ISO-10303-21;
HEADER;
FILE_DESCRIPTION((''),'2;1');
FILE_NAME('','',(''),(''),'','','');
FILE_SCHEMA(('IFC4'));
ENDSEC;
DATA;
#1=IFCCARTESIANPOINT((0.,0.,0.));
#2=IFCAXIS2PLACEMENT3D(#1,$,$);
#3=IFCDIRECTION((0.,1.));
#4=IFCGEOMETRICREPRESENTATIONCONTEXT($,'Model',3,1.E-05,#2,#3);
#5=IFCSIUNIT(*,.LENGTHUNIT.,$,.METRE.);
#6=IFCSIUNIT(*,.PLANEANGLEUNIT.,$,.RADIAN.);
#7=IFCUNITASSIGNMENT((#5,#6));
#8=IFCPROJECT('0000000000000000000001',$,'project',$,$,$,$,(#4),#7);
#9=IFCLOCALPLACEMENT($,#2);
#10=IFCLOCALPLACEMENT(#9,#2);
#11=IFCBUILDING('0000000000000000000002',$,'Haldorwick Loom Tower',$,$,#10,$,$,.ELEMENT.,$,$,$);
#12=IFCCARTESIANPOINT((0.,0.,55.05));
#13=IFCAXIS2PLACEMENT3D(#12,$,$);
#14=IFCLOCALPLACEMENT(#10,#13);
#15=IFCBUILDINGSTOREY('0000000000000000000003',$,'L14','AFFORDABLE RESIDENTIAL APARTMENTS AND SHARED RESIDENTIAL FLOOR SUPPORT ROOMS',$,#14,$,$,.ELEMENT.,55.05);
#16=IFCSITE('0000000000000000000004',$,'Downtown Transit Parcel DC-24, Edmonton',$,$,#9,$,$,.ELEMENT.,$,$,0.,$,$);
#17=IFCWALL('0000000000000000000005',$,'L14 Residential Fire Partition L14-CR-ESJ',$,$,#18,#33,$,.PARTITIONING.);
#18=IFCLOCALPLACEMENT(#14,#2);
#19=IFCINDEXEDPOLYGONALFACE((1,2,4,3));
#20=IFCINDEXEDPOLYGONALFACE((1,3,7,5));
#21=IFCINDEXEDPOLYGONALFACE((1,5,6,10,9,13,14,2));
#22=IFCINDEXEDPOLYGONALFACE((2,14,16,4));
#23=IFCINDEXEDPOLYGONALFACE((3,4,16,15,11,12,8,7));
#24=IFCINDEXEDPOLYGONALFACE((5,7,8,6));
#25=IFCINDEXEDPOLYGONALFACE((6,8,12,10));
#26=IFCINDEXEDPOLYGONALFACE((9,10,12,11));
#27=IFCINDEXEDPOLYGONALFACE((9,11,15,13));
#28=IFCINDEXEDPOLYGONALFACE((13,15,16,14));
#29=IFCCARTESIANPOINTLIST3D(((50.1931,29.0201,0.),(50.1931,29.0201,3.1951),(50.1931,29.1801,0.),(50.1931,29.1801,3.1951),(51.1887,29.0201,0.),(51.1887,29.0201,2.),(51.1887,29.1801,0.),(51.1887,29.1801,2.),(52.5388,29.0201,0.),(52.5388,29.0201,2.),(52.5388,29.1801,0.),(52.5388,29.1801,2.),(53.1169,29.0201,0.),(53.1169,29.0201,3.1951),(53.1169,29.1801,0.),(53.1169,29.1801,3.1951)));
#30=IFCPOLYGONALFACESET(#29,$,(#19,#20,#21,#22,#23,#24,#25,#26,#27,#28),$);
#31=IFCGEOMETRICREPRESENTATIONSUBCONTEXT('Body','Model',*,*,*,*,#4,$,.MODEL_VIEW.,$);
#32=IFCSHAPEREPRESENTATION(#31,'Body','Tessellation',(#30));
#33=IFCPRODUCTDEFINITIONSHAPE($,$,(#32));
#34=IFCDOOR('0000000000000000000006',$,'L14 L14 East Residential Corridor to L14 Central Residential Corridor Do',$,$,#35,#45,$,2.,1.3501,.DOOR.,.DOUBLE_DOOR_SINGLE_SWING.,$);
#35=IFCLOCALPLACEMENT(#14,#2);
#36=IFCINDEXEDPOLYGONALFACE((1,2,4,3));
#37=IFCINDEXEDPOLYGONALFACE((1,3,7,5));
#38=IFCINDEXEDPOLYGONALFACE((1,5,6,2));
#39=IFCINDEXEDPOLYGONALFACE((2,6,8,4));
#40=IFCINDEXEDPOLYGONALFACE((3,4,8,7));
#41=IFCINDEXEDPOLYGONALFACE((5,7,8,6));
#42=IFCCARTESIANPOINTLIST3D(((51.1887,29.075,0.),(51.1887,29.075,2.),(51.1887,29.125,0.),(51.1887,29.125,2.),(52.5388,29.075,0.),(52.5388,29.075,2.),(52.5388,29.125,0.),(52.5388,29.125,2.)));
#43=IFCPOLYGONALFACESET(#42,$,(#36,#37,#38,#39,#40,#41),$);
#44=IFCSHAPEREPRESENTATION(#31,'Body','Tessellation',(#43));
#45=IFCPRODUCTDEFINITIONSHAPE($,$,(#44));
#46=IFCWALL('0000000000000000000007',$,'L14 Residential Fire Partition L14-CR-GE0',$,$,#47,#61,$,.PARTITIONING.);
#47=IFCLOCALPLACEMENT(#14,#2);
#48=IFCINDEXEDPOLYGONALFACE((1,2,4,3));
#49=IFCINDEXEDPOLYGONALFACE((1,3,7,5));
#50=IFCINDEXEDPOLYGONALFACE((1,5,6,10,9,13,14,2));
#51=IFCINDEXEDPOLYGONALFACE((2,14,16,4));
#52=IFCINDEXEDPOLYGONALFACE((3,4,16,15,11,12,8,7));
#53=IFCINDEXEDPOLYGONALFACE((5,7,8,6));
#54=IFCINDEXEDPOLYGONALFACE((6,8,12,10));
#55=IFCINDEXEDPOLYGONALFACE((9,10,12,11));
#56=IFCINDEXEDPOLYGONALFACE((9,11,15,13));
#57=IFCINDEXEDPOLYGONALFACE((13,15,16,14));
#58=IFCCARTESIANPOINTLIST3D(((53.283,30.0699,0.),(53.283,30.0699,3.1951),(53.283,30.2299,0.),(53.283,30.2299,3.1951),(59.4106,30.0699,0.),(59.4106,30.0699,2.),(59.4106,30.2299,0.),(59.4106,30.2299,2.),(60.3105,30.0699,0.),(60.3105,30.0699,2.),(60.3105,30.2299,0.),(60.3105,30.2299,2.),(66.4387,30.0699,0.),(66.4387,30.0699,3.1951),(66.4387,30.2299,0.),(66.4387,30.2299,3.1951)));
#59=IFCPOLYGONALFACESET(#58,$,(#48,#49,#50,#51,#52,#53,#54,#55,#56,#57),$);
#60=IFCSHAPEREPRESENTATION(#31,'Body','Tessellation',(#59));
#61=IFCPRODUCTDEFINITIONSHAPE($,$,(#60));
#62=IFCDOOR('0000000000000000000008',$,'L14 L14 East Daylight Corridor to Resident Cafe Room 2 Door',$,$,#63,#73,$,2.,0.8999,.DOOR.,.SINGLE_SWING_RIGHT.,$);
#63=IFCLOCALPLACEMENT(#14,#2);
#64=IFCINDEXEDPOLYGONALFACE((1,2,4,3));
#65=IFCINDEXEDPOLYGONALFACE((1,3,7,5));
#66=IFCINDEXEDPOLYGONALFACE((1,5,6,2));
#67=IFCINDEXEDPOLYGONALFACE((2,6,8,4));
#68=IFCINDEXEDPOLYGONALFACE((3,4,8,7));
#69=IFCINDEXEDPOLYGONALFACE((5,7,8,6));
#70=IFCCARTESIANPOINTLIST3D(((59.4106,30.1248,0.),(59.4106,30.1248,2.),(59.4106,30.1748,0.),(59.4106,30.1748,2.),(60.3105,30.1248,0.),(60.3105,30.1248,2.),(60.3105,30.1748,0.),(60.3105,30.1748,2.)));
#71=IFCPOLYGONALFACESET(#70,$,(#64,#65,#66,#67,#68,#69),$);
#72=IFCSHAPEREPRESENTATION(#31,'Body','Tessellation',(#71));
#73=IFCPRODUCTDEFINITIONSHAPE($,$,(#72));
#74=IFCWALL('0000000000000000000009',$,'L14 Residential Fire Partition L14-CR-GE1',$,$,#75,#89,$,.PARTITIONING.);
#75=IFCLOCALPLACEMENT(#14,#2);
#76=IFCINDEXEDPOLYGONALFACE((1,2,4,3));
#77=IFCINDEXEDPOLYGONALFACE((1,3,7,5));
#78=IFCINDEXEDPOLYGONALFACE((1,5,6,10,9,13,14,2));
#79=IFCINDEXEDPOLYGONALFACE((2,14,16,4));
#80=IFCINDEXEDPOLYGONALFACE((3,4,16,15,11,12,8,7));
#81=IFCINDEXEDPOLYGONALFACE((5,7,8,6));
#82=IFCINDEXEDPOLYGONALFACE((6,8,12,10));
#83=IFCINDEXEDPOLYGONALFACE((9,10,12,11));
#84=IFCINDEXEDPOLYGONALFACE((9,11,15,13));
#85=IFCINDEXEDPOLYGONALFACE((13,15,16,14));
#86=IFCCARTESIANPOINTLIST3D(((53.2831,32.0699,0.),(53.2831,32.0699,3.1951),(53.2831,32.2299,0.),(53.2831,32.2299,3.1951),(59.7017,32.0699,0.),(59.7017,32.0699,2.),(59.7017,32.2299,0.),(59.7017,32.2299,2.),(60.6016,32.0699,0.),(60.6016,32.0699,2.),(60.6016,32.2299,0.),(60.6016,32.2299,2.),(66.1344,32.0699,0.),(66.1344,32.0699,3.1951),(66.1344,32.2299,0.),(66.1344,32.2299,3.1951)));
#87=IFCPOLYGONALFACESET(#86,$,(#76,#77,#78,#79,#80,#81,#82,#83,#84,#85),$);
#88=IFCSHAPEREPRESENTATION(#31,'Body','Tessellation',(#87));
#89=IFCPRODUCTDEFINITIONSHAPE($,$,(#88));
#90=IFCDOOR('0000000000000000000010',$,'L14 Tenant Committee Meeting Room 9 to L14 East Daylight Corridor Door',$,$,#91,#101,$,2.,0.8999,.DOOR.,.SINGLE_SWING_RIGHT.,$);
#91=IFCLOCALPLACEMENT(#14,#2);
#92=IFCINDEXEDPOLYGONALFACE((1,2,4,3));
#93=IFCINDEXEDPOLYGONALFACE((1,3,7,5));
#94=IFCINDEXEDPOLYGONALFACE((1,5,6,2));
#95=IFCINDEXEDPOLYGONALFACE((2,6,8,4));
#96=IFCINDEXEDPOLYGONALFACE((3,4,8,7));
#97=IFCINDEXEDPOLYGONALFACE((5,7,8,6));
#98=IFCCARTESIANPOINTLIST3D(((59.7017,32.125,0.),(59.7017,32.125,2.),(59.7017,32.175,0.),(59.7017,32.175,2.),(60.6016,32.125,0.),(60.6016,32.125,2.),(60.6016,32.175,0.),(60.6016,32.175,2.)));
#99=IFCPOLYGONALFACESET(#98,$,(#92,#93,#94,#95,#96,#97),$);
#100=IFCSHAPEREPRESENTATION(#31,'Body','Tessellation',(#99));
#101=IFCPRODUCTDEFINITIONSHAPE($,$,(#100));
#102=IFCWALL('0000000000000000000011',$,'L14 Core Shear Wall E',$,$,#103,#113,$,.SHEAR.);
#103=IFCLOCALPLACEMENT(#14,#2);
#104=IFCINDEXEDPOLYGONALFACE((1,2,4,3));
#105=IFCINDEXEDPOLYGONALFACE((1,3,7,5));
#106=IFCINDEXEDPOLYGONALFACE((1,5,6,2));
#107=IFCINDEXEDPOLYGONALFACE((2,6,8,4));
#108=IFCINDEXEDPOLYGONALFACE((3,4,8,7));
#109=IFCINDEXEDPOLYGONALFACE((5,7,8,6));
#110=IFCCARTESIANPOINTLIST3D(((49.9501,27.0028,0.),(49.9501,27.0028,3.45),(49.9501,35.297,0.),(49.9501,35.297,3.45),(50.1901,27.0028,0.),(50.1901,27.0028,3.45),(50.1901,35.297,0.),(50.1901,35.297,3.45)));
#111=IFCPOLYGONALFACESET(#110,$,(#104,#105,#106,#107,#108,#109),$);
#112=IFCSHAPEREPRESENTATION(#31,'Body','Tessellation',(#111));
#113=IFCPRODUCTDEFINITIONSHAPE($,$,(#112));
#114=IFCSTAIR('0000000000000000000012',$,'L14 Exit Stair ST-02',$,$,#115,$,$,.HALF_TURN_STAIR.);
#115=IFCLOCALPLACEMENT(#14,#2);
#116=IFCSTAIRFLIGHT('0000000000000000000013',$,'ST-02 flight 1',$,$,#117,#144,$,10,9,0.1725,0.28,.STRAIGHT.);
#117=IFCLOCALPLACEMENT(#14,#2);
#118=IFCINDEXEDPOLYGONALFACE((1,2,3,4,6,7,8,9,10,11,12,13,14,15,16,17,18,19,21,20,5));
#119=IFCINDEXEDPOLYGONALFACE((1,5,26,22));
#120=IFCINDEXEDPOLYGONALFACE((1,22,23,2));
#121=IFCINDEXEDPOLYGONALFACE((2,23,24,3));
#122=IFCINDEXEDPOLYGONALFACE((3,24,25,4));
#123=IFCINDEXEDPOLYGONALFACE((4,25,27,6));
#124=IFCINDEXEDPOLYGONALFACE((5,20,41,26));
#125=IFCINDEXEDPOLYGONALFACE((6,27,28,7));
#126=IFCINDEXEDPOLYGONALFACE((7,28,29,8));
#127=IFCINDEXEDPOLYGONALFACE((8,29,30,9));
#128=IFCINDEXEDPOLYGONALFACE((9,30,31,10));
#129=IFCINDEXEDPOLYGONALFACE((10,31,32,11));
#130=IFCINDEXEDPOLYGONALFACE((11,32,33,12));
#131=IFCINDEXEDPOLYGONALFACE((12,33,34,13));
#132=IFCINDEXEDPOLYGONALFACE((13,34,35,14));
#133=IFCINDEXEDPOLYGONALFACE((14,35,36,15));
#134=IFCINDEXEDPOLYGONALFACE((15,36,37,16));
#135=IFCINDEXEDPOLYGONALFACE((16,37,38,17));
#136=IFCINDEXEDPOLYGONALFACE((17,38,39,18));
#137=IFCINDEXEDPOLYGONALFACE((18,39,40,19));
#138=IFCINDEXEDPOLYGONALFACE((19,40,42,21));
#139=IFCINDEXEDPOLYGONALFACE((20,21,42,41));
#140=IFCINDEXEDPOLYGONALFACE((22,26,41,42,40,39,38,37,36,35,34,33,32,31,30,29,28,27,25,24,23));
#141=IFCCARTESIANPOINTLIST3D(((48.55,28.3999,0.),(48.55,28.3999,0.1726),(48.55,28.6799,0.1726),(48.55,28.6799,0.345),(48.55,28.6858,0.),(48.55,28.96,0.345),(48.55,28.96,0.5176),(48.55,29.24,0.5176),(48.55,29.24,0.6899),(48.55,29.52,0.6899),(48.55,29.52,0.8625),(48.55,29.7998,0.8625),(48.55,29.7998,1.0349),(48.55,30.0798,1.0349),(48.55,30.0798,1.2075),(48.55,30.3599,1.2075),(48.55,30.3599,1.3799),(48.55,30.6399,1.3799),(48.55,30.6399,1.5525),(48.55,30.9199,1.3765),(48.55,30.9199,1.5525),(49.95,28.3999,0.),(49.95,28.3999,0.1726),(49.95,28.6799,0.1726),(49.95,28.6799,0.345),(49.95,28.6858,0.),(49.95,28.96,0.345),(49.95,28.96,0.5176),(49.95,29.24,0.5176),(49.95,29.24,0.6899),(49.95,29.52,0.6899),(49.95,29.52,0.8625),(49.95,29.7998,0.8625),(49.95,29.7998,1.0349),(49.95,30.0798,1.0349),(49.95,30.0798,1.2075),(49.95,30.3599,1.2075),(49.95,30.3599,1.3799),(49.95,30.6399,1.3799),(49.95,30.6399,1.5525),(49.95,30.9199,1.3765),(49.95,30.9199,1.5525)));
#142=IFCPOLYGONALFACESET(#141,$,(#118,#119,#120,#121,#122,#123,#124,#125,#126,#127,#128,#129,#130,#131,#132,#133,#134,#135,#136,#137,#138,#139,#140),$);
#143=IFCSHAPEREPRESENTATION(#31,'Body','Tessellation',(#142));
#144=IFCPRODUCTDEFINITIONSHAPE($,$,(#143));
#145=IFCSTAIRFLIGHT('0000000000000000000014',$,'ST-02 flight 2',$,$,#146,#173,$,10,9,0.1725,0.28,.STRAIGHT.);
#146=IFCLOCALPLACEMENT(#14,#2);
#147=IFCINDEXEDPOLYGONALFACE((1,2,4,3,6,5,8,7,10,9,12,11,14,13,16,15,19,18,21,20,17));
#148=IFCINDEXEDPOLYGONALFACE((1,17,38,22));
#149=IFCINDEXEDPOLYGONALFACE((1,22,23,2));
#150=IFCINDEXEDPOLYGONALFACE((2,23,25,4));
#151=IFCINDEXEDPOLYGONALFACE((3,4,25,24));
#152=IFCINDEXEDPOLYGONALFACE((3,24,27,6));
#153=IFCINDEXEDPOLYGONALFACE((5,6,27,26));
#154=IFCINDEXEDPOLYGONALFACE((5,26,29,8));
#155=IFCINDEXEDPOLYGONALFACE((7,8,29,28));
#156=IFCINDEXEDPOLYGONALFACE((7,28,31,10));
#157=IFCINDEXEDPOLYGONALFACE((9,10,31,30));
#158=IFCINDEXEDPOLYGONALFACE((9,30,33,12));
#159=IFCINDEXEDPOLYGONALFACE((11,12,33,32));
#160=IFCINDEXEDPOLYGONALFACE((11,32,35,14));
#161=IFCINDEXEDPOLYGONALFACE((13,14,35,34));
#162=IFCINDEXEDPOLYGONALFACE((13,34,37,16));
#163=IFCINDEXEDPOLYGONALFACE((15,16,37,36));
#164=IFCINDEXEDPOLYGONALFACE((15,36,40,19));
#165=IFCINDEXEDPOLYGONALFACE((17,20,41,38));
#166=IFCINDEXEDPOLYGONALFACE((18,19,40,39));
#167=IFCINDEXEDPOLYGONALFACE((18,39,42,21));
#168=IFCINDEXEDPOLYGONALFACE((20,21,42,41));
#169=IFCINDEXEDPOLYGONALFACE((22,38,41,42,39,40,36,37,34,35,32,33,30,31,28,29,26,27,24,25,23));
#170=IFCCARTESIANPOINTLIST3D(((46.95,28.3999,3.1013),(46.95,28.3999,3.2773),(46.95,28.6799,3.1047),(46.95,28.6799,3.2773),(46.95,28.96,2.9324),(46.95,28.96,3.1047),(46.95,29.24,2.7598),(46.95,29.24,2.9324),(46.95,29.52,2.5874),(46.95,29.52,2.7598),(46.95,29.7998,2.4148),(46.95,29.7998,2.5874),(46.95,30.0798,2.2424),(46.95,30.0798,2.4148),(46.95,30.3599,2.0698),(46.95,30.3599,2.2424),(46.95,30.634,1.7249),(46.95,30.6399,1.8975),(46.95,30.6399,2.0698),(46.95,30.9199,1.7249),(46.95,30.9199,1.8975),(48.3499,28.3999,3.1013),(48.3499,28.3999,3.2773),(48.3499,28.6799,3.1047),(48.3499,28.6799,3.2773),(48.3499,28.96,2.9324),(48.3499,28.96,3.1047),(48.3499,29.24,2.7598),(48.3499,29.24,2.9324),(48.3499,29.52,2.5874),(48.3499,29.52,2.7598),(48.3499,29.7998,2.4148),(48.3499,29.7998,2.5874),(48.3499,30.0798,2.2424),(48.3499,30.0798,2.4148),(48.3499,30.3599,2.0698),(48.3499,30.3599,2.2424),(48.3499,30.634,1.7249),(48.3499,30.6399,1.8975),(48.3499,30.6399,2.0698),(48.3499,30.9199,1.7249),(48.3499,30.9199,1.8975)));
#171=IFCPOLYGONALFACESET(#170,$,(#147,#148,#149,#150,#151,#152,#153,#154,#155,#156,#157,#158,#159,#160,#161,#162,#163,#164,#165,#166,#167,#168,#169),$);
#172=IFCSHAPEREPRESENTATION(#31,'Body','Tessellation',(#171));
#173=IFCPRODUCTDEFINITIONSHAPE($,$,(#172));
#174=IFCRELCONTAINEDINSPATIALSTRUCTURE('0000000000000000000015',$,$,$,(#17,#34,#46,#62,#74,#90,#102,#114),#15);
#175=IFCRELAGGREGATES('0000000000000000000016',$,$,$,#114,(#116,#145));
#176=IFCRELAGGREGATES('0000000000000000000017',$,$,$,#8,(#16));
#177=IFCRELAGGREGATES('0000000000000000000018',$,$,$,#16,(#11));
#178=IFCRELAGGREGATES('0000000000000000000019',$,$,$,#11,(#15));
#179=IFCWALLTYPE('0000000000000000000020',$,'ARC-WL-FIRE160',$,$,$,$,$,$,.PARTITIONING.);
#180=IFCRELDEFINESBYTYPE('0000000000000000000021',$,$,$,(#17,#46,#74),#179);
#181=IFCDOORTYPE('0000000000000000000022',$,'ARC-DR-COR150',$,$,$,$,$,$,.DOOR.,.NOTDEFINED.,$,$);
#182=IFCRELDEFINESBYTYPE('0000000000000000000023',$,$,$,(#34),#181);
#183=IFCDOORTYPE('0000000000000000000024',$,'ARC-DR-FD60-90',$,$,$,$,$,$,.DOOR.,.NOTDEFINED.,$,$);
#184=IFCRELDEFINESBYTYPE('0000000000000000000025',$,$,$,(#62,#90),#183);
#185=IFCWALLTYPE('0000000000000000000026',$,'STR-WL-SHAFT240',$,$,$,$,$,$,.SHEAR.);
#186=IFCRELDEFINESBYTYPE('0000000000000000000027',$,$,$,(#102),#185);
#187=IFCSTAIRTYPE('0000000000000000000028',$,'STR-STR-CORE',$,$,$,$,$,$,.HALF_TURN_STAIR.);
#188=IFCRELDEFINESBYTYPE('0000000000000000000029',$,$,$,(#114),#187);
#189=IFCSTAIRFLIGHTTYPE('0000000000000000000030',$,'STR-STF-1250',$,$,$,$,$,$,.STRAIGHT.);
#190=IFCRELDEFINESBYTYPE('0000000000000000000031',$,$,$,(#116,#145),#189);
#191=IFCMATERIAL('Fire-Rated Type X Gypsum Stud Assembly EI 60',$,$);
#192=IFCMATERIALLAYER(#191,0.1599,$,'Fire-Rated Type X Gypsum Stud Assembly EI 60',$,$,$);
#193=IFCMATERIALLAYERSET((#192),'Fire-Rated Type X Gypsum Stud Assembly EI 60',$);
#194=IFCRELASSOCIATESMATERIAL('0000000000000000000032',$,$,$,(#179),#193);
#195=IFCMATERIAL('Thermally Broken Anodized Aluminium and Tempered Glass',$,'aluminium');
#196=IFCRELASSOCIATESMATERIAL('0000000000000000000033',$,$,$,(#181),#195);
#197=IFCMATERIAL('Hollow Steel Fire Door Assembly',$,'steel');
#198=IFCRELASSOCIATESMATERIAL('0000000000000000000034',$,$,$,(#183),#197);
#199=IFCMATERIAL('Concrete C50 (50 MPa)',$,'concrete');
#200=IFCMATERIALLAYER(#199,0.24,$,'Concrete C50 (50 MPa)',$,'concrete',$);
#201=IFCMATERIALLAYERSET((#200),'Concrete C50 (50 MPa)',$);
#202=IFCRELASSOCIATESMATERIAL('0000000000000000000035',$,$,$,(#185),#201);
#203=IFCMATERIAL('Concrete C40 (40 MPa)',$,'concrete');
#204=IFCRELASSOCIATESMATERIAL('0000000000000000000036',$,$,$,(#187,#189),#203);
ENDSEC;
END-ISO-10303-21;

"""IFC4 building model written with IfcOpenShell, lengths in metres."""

from ifc_helpers import new_model, si_unit, direction, frame, frame_2d, origin, place, context, subcontext, project, spatial, polyline, rectangle, outline, extrude, material, layer, layer_set, type_object, element, fill, aggregate, save


model = new_model("IFC4")

# Units and contexts
model_context = context("Model", 3, precision=1e-05, world=origin(), true_north=direction((0.0, 1.0)))
body_context = subcontext(model_context, "Body", "Model", "MODEL_VIEW")
ifc_project = project(units=[si_unit("LENGTHUNIT", "METRE"), si_unit("PLANEANGLEUNIT", "RADIAN")], contexts=[model_context])

# Site, building, storey
site_placement = place(None, origin())
site = spatial("IfcSite", under=ifc_project, at=site_placement, Name="Downtown Transit Parcel DC-24, Edmonton", CompositionType="ELEMENT", RefElevation=0.0)
building_placement = place(site_placement, origin())
building = spatial("IfcBuilding", under=site, at=building_placement, Name="Haldorwick Loom Tower", CompositionType="ELEMENT")
storey_placement = place(building_placement, frame((0.0, 0.0, 55.05)))
storey = spatial("IfcBuildingStorey", under=building, at=storey_placement, Name="L14", Description="AFFORDABLE RESIDENTIAL APARTMENTS AND SHARED RESIDENTIAL FLOOR SUPPORT ROOMS", CompositionType="ELEMENT", Elevation=55.05)

# Walls, openings, doors
ifc_material_1 = material(Name="Fire-Rated Type X Gypsum Stud Assembly EI 60")
ifc_layer_1 = layer(ifc_material_1, 0.1599, Name="Fire-Rated Type X Gypsum Stud Assembly EI 60")
ifc_layer_set_1 = layer_set([ifc_layer_1], Name="Fire-Rated Type X Gypsum Stud Assembly EI 60")
wall_type_1 = type_object("IfcWallType", Name="ARC-WL-FIRE160", PredefinedType="PARTITIONING", material=ifc_layer_set_1)
wall_1_placement = place(storey_placement, frame((50.1931, 29.1001, 0.0), z_axis=(0.0, 0.0, 1.0), x_axis=(1.0, 0.0, 0.0)))
wall_1 = element("IfcWall", 1, at=wall_1_placement, inside=storey, type_object=wall_type_1, Name="L14 Residential Fire Partition L14-CR-ESJ", PredefinedType="PARTITIONING", context=body_context, shape_type="SweptSolid", body=[
    extrude(rectangle(XDim=2.9238, YDim=0.1599, at=frame_2d((1.4619, 0.0))), origin(), (0.0, 0.0, 1.0), 3.1951),
])
opening_1_placement = place(wall_1_placement, frame((0.9956, 0.0, 0.0)))
opening_1 = element("IfcOpeningElement", 2, at=opening_1_placement, cuts=wall_1, PredefinedType="OPENING", context=body_context, shape_type="SweptSolid", body=[
    extrude(rectangle(XDim=1.3501, YDim=2.0, at=frame_2d((0.675, 1.0))), frame((0.0, 0.0898, 0.0), z_axis=(0.0, -1.0, 0.0), x_axis=(1.0, 0.0, 0.0)), (0.0, 0.0, 1.0), 0.1799),
])
ifc_material_2 = material(Name="Thermally Broken Anodized Aluminium and Tempered Glass", Category="aluminium")
door_type_1 = type_object("IfcDoorType", Name="ARC-DR-COR150", OperationType="NOTDEFINED", PredefinedType="DOOR", material=ifc_material_2)
door_1_placement = place(opening_1_placement, origin())
door_1 = element("IfcDoor", 3, at=door_1_placement, inside=storey, type_object=door_type_1, Name="L14 L14 East Residential Corridor to L14 Central Residential Corridor Do", OperationType="DOUBLE_DOOR_SINGLE_SWING", OverallHeight=2.0, OverallWidth=1.3501, PredefinedType="DOOR", context=body_context, shape_type="SweptSolid", body=[
    extrude(rectangle(XDim=1.3501, YDim=2.0, at=frame_2d((0.675, 1.0))), frame((0.0, 0.0249, 0.0), z_axis=(0.0, -1.0, 0.0), x_axis=(1.0, 0.0, 0.0)), (0.0, 0.0, 1.0), 0.05),
])
fill(opening_1, door_1)
wall_2_placement = place(storey_placement, frame((53.283, 30.1499, 0.0), z_axis=(0.0, 0.0, 1.0), x_axis=(1.0, 0.0, 0.0)))
wall_2 = element("IfcWall", 4, at=wall_2_placement, inside=storey, type_object=wall_type_1, Name="L14 Residential Fire Partition L14-CR-GE0", PredefinedType="PARTITIONING", context=body_context, shape_type="SweptSolid", body=[
    extrude(rectangle(XDim=13.1558, YDim=0.1599, at=frame_2d((6.5779, 0.0))), origin(), (0.0, 0.0, 1.0), 3.1951),
])
opening_2_placement = place(wall_2_placement, frame((6.1277, 0.0, 0.0)))
opening_2 = element("IfcOpeningElement", 5, at=opening_2_placement, cuts=wall_2, PredefinedType="OPENING", context=body_context, shape_type="SweptSolid", body=[
    extrude(rectangle(XDim=0.8999, YDim=2.0, at=frame_2d((0.45, 1.0))), frame((0.0, 0.0898, 0.0), z_axis=(0.0, -1.0, 0.0), x_axis=(1.0, 0.0, 0.0)), (0.0, 0.0, 1.0), 0.1799),
])
ifc_material_3 = material(Name="Hollow Steel Fire Door Assembly", Category="steel")
door_type_2 = type_object("IfcDoorType", Name="ARC-DR-FD60-90", OperationType="NOTDEFINED", PredefinedType="DOOR", material=ifc_material_3)
door_2_placement = place(opening_2_placement, origin())
door_2 = element("IfcDoor", 6, at=door_2_placement, inside=storey, type_object=door_type_2, Name="L14 L14 East Daylight Corridor to Resident Cafe Room 2 Door", OperationType="SINGLE_SWING_RIGHT", OverallHeight=2.0, OverallWidth=0.8999, PredefinedType="DOOR", context=body_context, shape_type="SweptSolid", body=[
    extrude(rectangle(XDim=0.8999, YDim=2.0, at=frame_2d((0.45, 1.0))), frame((0.0, 0.0249, 0.0), z_axis=(0.0, -1.0, 0.0), x_axis=(1.0, 0.0, 0.0)), (0.0, 0.0, 1.0), 0.05),
])
fill(opening_2, door_2)
wall_3_placement = place(storey_placement, frame((53.283, 32.1499, 0.0), z_axis=(0.0, 0.0, 1.0), x_axis=(1.0, 0.0, 0.0)))
wall_3 = element("IfcWall", 7, at=wall_3_placement, inside=storey, type_object=wall_type_1, Name="L14 Residential Fire Partition L14-CR-GE1", PredefinedType="PARTITIONING", context=body_context, shape_type="SweptSolid", body=[
    extrude(rectangle(XDim=12.8513, YDim=0.1599, at=frame_2d((6.4258, 0.0))), origin(), (0.0, 0.0, 1.0), 3.1951),
])
opening_3_placement = place(wall_3_placement, frame((6.4187, 0.0, 0.0)))
opening_3 = element("IfcOpeningElement", 8, at=opening_3_placement, cuts=wall_3, PredefinedType="OPENING", context=body_context, shape_type="SweptSolid", body=[
    extrude(rectangle(XDim=0.8999, YDim=2.0, at=frame_2d((0.45, 1.0))), frame((0.0, 0.0898, 0.0), z_axis=(0.0, -1.0, 0.0), x_axis=(1.0, 0.0, 0.0)), (0.0, 0.0, 1.0), 0.1799),
])
door_3_placement = place(opening_3_placement, frame((0.8999, 0.0, 0.0), z_axis=(0.0, 0.0, 1.0), x_axis=(-1.0, 0.0, 0.0)))
door_3 = element("IfcDoor", 9, at=door_3_placement, inside=storey, type_object=door_type_2, Name="L14 Tenant Committee Meeting Room 9 to L14 East Daylight Corridor Door", OperationType="SINGLE_SWING_RIGHT", OverallHeight=2.0, OverallWidth=0.8999, PredefinedType="DOOR", context=body_context, shape_type="SweptSolid", body=[
    extrude(rectangle(XDim=0.8999, YDim=2.0, at=frame_2d((0.45, 1.0))), frame((0.0, 0.0249, 0.0), z_axis=(0.0, -1.0, 0.0), x_axis=(1.0, 0.0, 0.0)), (0.0, 0.0, 1.0), 0.05),
])
fill(opening_3, door_3)

# Wall
ifc_material_4 = material(Name="Concrete C50 (50 MPa)", Category="concrete")
ifc_layer_2 = layer(ifc_material_4, 0.24, Name="Concrete C50 (50 MPa)", Category="concrete")
ifc_layer_set_2 = layer_set([ifc_layer_2], Name="Concrete C50 (50 MPa)")
wall_type_2 = type_object("IfcWallType", Name="STR-WL-SHAFT240", PredefinedType="SHEAR", material=ifc_layer_set_2)
wall_4_placement = place(storey_placement, frame((50.0701, 27.0029, 0.0), z_axis=(0.0, 0.0, 1.0), x_axis=(0.0, 1.0, 0.0)))
element("IfcWall", 10, at=wall_4_placement, inside=storey, type_object=wall_type_2, Name="L14 Core Shear Wall E", PredefinedType="SHEAR", context=body_context, shape_type="SweptSolid", body=[
    extrude(rectangle(XDim=8.2942, YDim=0.24, at=frame_2d((4.147, 0.0))), origin(), (0.0, 0.0, 1.0), 3.45),
])

# Stair, stair flights
ifc_material_5 = material(Name="Concrete C40 (40 MPa)", Category="concrete")
stair_type = type_object("IfcStairType", Name="STR-STR-CORE", PredefinedType="HALF_TURN_STAIR", material=ifc_material_5)
stair_placement = place(storey_placement, origin())
stair = element("IfcStair", 11, at=stair_placement, inside=storey, type_object=stair_type, Name="L14 Exit Stair ST-02", PredefinedType="HALF_TURN_STAIR")
stair_flight_type = type_object("IfcStairFlightType", Name="STR-STF-1250", PredefinedType="STRAIGHT", material=ifc_material_5)
stair_flight_1_placement = place(storey_placement, frame((49.25, 28.3999, 0.0), z_axis=(0.0, 0.0, 1.0), x_axis=(0.0, 1.0, 0.0)))
stair_flight_1 = element("IfcStairFlight", 12, at=stair_flight_1_placement, type_object=stair_flight_type, Name="ST-02 flight 1", NumberOfRisers=10, NumberOfTreads=9, PredefinedType="STRAIGHT", RiserHeight=0.1725, TreadLength=0.28, context=body_context, shape_type="SweptSolid", body=[
    extrude(outline(polyline([(0.0, 0.0), (0.0, 0.1726), (0.28, 0.1726), (0.28, 0.345), (0.5601, 0.345), (0.5601, 0.5176), (0.8401, 0.5176), (0.8401, 0.6899), (1.1201, 0.6899), (1.1201, 0.8625), (1.3999, 0.8625), (1.3999, 1.0349), (1.6799, 1.0349), (1.6799, 1.2075), (1.96, 1.2075), (1.96, 1.3799), (2.24, 1.3799), (2.24, 1.5525), (2.52, 1.5525), (2.52, 1.7251), (2.52, 1.3765), (0.2859, 0.0), (0.0, 0.0)])), frame((0.0, 0.7, 0.0), z_axis=(0.0, -1.0, 0.0), x_axis=(1.0, 0.0, 0.0)), (0.0, 0.0, 1.0), 1.3999),
])
stair_flight_2_placement = place(storey_placement, frame((47.6499, 30.9199, 1.7249), z_axis=(0.0, 0.0, 1.0), x_axis=(0.0, -1.0, 0.0)))
stair_flight_2 = element("IfcStairFlight", 13, at=stair_flight_2_placement, type_object=stair_flight_type, Name="ST-02 flight 2", NumberOfRisers=10, NumberOfTreads=9, PredefinedType="STRAIGHT", RiserHeight=0.1725, TreadLength=0.28, context=body_context, shape_type="SweptSolid", body=[
    extrude(outline(polyline([(0.0, 0.0), (0.0, 0.1726), (0.28, 0.1726), (0.28, 0.345), (0.5601, 0.345), (0.5601, 0.5176), (0.8401, 0.5176), (0.8401, 0.6899), (1.1201, 0.6899), (1.1201, 0.8625), (1.3999, 0.8625), (1.3999, 1.0349), (1.6799, 1.0349), (1.6799, 1.2075), (1.96, 1.2075), (1.96, 1.3799), (2.24, 1.3799), (2.24, 1.5525), (2.52, 1.5525), (2.52, 1.7251), (2.52, 1.3765), (0.2859, 0.0), (0.0, 0.0)])), frame((0.0, 0.7, 0.0), z_axis=(0.0, -1.0, 0.0), x_axis=(1.0, 0.0, 0.0)), (0.0, 0.0, 1.0), 1.3999),
])
aggregate(stair, [stair_flight_1, stair_flight_2])

save(model, "model.ifc")
